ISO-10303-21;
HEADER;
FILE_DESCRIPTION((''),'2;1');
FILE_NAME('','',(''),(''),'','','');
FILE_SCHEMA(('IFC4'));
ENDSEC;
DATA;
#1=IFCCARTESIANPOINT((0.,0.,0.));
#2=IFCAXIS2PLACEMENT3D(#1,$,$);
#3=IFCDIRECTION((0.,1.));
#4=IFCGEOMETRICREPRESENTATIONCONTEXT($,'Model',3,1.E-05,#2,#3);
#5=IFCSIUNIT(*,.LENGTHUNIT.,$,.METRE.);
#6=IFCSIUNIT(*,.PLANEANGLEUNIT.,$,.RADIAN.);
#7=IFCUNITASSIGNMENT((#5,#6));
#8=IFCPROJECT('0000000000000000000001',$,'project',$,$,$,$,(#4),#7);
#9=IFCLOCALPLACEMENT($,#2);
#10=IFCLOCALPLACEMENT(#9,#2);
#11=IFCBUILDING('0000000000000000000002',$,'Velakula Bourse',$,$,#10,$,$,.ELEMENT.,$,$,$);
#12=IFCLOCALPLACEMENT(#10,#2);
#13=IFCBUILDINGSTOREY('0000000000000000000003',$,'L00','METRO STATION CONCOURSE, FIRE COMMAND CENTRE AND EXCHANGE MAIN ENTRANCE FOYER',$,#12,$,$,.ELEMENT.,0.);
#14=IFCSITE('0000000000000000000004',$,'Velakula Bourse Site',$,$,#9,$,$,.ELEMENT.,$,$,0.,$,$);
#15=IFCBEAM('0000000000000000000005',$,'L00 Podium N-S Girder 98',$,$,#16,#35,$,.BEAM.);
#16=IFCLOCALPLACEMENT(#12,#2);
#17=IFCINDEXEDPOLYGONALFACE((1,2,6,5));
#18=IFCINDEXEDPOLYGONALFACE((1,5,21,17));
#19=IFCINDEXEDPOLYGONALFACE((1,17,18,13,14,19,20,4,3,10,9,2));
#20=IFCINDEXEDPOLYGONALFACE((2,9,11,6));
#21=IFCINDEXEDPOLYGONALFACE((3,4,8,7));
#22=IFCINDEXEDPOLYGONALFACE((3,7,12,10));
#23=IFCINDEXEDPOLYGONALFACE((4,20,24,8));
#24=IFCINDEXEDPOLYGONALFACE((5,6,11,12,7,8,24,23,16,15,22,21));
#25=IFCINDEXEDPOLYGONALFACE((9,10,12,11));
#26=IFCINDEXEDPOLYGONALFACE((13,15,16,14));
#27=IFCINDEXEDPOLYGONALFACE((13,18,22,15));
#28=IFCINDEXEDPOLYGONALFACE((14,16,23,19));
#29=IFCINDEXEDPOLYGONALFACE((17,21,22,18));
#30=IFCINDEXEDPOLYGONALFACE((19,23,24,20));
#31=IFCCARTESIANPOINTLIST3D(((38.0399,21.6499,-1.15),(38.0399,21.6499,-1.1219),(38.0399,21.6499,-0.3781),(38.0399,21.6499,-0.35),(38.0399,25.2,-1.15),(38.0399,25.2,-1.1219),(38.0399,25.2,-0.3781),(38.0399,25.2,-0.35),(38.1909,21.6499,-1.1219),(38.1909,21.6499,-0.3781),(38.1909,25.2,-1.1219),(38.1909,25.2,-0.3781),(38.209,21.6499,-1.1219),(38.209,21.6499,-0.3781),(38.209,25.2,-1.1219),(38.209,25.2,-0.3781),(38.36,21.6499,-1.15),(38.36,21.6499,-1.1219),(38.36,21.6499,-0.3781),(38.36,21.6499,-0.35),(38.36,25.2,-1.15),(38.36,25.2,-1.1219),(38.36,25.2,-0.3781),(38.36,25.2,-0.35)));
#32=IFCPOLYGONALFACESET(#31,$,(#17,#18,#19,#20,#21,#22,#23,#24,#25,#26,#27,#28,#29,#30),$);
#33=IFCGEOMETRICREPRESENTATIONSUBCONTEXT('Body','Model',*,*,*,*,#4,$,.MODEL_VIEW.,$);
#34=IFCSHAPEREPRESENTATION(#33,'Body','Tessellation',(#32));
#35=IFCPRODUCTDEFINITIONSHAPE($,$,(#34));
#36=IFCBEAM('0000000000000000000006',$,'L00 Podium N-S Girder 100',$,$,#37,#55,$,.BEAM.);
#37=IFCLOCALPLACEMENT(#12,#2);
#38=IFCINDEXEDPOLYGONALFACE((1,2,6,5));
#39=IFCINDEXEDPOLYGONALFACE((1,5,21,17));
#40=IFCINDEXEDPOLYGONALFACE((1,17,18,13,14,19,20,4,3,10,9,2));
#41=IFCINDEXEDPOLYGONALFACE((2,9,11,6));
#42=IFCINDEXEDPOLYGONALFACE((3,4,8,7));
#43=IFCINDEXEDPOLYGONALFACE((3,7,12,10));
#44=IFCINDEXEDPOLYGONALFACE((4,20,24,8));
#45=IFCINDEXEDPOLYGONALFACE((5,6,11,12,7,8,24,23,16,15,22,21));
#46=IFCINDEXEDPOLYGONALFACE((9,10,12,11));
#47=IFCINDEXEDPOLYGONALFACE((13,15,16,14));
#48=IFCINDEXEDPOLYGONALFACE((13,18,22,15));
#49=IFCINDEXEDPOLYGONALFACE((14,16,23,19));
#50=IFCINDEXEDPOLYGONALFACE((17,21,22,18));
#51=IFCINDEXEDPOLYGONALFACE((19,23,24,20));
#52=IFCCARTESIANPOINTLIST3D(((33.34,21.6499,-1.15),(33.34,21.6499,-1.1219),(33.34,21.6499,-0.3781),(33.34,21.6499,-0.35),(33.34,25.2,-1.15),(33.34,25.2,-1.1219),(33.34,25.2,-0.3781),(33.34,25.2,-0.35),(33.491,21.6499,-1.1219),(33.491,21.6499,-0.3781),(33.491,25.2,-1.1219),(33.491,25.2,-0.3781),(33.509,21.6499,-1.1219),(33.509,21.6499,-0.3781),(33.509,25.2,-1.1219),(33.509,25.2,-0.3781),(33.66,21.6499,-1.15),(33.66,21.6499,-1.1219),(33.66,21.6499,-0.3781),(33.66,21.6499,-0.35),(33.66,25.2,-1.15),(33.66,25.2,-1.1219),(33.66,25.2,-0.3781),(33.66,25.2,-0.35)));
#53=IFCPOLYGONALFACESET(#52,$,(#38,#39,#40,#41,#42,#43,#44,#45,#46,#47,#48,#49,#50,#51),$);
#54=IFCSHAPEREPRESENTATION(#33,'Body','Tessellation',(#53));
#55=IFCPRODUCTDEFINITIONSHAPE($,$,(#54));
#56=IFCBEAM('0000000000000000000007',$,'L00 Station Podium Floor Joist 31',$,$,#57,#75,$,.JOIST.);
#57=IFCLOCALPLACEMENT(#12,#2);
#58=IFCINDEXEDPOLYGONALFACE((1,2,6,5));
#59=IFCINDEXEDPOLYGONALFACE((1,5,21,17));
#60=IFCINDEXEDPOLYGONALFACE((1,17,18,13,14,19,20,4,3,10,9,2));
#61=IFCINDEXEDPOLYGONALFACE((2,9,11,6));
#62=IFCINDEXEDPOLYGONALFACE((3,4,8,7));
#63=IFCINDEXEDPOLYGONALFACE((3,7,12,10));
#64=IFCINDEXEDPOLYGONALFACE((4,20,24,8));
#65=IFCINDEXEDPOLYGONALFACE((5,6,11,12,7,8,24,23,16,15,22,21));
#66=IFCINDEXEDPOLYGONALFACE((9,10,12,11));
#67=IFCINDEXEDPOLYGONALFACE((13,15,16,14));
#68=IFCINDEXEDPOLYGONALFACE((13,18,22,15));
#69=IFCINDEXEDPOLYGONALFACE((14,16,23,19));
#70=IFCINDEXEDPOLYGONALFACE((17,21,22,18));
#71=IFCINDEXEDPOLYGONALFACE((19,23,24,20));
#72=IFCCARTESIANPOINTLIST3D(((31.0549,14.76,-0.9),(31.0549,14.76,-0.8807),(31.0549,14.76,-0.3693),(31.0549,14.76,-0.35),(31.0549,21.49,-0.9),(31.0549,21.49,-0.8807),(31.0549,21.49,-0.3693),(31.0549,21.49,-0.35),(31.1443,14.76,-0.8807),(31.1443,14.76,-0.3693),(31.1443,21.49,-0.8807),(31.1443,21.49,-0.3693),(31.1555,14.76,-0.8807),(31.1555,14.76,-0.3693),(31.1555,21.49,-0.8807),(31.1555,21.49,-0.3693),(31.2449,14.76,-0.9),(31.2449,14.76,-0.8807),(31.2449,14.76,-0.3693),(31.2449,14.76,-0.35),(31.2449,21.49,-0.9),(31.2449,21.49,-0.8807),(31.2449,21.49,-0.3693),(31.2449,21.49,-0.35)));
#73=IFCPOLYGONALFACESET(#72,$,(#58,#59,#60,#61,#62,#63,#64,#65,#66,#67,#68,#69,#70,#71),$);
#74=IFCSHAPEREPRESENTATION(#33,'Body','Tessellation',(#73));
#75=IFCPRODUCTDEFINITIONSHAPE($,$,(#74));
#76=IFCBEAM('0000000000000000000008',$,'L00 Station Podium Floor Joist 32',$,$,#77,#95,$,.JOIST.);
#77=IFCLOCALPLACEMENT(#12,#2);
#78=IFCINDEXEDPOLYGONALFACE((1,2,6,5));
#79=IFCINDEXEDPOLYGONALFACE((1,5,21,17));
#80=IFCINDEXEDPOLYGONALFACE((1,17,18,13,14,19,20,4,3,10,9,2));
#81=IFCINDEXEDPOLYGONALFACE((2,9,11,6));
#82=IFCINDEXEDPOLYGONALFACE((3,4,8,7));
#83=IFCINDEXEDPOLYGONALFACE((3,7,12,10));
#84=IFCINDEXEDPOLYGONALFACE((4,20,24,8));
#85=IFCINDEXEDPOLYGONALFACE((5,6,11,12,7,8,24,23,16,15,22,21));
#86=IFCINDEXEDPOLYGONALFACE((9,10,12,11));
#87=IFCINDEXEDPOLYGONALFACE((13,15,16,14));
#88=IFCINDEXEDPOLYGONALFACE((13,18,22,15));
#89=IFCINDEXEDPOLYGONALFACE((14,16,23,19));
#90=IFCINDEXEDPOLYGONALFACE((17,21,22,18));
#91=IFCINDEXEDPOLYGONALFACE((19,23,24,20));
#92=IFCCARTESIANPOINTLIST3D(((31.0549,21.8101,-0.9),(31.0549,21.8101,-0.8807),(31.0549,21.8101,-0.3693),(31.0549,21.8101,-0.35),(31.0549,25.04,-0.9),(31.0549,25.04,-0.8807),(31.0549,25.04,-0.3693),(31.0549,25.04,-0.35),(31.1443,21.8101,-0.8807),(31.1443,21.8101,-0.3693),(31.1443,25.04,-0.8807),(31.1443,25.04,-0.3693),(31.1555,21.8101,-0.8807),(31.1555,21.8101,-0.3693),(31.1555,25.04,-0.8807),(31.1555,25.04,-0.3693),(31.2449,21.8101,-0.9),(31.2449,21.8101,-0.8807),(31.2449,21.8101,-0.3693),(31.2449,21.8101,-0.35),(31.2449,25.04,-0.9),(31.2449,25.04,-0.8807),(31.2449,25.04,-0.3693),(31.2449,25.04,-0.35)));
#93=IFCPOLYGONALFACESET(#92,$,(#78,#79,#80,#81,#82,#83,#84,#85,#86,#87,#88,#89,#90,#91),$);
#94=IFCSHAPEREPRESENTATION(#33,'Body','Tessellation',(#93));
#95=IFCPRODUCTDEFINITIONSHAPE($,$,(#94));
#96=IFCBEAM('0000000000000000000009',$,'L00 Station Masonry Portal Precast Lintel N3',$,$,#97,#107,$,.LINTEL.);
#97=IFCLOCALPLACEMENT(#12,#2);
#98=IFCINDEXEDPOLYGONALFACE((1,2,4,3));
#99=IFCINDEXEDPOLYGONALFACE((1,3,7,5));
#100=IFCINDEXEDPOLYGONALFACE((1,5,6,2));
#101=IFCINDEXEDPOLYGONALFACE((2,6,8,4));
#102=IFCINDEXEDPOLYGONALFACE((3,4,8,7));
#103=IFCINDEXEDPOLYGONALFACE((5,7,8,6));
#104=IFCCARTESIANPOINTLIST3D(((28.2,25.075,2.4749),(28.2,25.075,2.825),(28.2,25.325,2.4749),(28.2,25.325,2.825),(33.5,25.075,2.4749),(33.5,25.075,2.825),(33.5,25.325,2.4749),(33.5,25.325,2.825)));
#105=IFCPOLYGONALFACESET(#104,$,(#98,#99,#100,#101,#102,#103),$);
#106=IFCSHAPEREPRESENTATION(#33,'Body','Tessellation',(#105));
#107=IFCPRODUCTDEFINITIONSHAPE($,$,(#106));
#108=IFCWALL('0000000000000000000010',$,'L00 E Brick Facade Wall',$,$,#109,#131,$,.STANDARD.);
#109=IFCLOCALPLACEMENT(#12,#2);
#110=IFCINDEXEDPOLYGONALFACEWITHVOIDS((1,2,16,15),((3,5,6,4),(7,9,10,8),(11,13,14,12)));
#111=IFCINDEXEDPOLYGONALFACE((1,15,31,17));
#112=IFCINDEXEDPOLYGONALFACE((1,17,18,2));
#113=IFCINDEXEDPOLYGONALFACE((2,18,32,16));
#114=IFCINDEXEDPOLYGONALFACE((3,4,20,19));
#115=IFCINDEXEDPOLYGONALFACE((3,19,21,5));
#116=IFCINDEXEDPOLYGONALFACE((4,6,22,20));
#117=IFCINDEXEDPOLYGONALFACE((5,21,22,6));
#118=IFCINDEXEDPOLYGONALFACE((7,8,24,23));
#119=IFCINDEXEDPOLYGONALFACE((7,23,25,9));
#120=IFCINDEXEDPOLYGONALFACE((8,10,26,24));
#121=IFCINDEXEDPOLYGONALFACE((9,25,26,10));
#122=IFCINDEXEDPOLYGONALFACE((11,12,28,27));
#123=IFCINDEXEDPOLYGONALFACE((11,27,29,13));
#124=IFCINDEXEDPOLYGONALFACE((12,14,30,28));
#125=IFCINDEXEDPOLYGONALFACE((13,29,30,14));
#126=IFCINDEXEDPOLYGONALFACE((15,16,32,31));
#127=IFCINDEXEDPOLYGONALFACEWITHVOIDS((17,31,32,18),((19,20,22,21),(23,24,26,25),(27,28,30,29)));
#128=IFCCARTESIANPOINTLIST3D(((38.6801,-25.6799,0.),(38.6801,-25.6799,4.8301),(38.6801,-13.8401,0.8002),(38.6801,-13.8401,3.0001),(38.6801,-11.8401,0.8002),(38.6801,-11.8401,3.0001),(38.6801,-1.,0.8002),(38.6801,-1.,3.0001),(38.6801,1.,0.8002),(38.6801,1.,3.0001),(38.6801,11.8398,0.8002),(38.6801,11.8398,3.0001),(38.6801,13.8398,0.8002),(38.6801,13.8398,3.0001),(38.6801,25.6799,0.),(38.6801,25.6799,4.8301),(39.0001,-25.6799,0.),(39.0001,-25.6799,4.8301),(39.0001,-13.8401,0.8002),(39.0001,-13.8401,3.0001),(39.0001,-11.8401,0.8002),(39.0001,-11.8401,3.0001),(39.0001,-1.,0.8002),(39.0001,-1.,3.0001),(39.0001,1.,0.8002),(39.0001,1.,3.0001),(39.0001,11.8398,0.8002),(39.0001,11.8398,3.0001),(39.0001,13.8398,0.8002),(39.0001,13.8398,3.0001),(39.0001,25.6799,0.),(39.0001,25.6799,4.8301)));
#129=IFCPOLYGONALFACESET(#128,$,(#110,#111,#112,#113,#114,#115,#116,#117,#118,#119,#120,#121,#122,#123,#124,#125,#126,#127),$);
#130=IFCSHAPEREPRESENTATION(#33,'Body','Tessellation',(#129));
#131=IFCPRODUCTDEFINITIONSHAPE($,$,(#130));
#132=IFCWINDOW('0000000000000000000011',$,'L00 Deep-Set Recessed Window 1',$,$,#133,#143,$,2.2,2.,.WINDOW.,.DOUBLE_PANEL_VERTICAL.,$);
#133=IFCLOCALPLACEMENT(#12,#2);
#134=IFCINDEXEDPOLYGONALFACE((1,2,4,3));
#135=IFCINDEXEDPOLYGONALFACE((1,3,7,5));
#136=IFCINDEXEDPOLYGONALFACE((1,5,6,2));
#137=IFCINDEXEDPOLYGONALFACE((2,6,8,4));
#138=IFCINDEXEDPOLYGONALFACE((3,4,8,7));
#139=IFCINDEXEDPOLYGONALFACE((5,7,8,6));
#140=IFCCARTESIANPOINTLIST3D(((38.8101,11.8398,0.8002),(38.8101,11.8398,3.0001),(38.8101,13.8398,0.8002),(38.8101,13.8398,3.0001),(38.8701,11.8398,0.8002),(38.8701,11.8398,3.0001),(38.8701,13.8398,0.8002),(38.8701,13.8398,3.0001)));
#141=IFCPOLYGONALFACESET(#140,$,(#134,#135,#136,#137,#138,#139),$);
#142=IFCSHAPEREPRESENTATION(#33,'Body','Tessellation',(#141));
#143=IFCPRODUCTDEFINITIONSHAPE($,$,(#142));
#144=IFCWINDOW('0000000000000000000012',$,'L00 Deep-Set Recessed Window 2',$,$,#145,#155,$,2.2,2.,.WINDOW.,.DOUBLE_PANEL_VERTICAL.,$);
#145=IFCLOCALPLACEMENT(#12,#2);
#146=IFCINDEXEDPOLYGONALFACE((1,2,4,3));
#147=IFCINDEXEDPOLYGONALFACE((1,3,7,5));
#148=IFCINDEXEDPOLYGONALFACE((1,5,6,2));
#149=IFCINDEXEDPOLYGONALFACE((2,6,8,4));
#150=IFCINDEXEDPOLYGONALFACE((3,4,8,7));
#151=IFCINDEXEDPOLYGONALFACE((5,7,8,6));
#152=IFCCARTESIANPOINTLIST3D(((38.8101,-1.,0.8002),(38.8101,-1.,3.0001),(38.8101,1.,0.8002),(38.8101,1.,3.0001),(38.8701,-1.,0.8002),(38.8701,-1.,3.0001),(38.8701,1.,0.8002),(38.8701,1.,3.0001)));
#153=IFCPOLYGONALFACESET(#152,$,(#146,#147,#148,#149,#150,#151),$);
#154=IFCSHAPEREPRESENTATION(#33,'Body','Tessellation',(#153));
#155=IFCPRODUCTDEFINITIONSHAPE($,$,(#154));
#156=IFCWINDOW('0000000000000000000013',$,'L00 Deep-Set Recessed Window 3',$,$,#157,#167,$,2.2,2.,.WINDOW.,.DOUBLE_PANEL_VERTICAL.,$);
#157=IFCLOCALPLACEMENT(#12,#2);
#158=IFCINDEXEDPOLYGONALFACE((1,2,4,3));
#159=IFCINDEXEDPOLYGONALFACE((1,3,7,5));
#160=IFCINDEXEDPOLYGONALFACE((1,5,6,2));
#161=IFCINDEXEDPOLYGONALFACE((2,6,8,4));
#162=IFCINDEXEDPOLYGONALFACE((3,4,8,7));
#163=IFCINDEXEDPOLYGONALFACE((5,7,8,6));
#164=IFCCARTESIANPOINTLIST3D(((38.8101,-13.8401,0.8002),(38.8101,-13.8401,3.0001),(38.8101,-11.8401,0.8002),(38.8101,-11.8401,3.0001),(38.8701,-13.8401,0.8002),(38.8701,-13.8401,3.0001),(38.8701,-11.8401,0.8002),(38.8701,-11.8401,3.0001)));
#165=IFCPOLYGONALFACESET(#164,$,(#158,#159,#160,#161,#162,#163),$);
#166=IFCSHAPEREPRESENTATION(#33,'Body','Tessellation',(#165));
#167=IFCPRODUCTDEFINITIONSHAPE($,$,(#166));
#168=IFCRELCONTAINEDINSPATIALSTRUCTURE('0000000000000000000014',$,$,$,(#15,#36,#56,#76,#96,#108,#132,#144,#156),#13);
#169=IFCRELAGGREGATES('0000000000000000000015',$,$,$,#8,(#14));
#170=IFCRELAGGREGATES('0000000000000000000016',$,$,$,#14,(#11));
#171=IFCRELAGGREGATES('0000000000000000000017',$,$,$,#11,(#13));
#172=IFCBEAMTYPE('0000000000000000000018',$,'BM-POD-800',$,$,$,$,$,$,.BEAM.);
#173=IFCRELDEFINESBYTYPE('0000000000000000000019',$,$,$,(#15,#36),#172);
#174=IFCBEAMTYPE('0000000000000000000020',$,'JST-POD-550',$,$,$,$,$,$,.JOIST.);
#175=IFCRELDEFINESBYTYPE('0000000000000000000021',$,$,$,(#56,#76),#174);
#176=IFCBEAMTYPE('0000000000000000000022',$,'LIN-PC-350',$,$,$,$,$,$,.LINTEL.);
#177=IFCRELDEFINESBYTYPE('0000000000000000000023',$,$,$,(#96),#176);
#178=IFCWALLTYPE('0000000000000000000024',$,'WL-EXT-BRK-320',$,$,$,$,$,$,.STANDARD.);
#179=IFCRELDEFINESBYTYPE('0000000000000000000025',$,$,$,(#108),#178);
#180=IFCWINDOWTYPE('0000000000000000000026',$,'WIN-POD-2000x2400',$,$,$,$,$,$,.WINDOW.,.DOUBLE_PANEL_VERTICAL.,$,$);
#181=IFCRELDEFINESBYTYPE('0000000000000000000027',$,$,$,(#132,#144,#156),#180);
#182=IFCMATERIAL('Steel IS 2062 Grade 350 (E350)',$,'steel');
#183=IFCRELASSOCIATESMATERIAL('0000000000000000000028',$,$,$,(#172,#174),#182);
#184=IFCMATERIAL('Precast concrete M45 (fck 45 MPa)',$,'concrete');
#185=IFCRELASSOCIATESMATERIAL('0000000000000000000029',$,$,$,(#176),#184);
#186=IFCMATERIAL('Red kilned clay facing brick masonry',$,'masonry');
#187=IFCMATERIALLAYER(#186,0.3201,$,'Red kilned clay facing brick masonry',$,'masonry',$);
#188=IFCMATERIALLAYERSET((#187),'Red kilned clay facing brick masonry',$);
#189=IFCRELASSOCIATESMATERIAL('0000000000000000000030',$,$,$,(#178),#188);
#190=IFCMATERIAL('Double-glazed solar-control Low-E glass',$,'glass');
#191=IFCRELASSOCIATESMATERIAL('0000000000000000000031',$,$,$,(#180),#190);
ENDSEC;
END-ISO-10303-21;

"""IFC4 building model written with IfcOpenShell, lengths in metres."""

from ifc_helpers import new_model, si_unit, direction, frame, frame_2d, origin, origin_2d, place, context, subcontext, project, spatial, rectangle, i_section, extrude, material, layer, layer_set, material_profile, profile_set, type_object, element, fill, save


model = new_model("IFC4")

# Units and contexts
model_context = context("Model", 3, precision=1e-05, world=origin(), true_north=direction((0.0, 1.0)))
body_context = subcontext(model_context, "Body", "Model", "MODEL_VIEW")
ifc_project = project(units=[si_unit("LENGTHUNIT", "METRE"), si_unit("PLANEANGLEUNIT", "RADIAN")], contexts=[model_context])

# Site, building, storey
site_placement = place(None, origin())
site = spatial("IfcSite", under=ifc_project, at=site_placement, Name="Velakula Bourse Site", CompositionType="ELEMENT", RefElevation=0.0)
building_placement = place(site_placement, origin())
building = spatial("IfcBuilding", under=site, at=building_placement, Name="Velakula Bourse", CompositionType="ELEMENT")
storey_placement = place(building_placement, origin())
storey = spatial("IfcBuildingStorey", under=building, at=storey_placement, Name="L00", Description="METRO STATION CONCOURSE, FIRE COMMAND CENTRE AND EXCHANGE MAIN ENTRANCE FOYER", CompositionType="ELEMENT", Elevation=0.0)

# Beams
ifc_material_1 = material(Name="Steel IS 2062 Grade 350 (E350)", Category="steel")
ifc_material_profile_1 = material_profile(ifc_material_1, i_section(OverallWidth=0.3201, OverallDepth=0.8, WebThickness=0.0181, FlangeThickness=0.0281, at=origin_2d()), Name="Steel IS 2062 Grade 350 (E350)")
ifc_profile_set_1 = profile_set([ifc_material_profile_1], Name="Steel IS 2062 Grade 350 (E350)")
beam_type_1 = type_object("IfcBeamType", Name="BM-POD-800", PredefinedType="BEAM", material=ifc_profile_set_1)
for number, where, z_axis, x_axis, name in (
    (1, (38.2, 21.6499, -0.75), (0.0, 1.0, 0.0), (-1.0, 0.0, 0.0), "L00 Podium N-S Girder 98"),
    (2, (33.5, 21.6499, -0.75), (0.0, 1.0, 0.0), (-1.0, 0.0, 0.0), "L00 Podium N-S Girder 100"),
):
    element("IfcBeam", number, at=place(storey_placement, frame(where, z_axis=z_axis, x_axis=x_axis)), inside=storey, type_object=beam_type_1, Name=name, PredefinedType="BEAM", context=body_context, shape_type="SweptSolid", body=[
        extrude(i_section(OverallWidth=0.3201, OverallDepth=0.8, WebThickness=0.0181, FlangeThickness=0.0281, at=origin_2d()), origin(), (0.0, 0.0, 1.0), 3.55),
    ])
ifc_material_profile_2 = material_profile(ifc_material_1, i_section(OverallWidth=0.1899, OverallDepth=0.55, WebThickness=0.0112, FlangeThickness=0.0193, at=origin_2d()), Name="Steel IS 2062 Grade 350 (E350)")
ifc_profile_set_2 = profile_set([ifc_material_profile_2], Name="Steel IS 2062 Grade 350 (E350)")
beam_type_2 = type_object("IfcBeamType", Name="JST-POD-550", PredefinedType="JOIST", material=ifc_profile_set_2)
beam_1_placement = place(storey_placement, frame((31.1499, 14.76, -0.625), z_axis=(0.0, 1.0, 0.0), x_axis=(-1.0, 0.0, 0.0)))
element("IfcBeam", 3, at=beam_1_placement, inside=storey, type_object=beam_type_2, Name="L00 Station Podium Floor Joist 31", PredefinedType="JOIST", context=body_context, shape_type="SweptSolid", body=[
    extrude(i_section(OverallWidth=0.1899, OverallDepth=0.55, WebThickness=0.0112, FlangeThickness=0.0193, at=origin_2d()), origin(), (0.0, 0.0, 1.0), 6.73),
])
beam_2_placement = place(storey_placement, frame((31.1499, 21.8101, -0.625), z_axis=(0.0, 1.0, 0.0), x_axis=(-1.0, 0.0, 0.0)))
element("IfcBeam", 4, at=beam_2_placement, inside=storey, type_object=beam_type_2, Name="L00 Station Podium Floor Joist 32", PredefinedType="JOIST", context=body_context, shape_type="SweptSolid", body=[
    extrude(i_section(OverallWidth=0.1899, OverallDepth=0.55, WebThickness=0.0112, FlangeThickness=0.0193, at=origin_2d()), origin(), (0.0, 0.0, 1.0), 3.23),
])
ifc_material_2 = material(Name="Precast concrete M45 (fck 45 MPa)", Category="concrete")
ifc_material_profile_3 = material_profile(ifc_material_2, rectangle(XDim=0.25, YDim=0.3501, at=origin_2d()), Name="Precast concrete M45 (fck 45 MPa)")
ifc_profile_set_3 = profile_set([ifc_material_profile_3], Name="Precast concrete M45 (fck 45 MPa)")
beam_type_3 = type_object("IfcBeamType", Name="LIN-PC-350", PredefinedType="LINTEL", material=ifc_profile_set_3)
beam_3_placement = place(storey_placement, frame((28.2, 25.2, 2.6499), z_axis=(1.0, 0.0, 0.0), x_axis=(0.0, 1.0, 0.0)))
element("IfcBeam", 5, at=beam_3_placement, inside=storey, type_object=beam_type_3, Name="L00 Station Masonry Portal Precast Lintel N3", PredefinedType="LINTEL", context=body_context, shape_type="SweptSolid", body=[
    extrude(rectangle(XDim=0.25, YDim=0.3501, at=origin_2d()), origin(), (0.0, 0.0, 1.0), 5.3),
])

# Wall, openings, windows
ifc_material_3 = material(Name="Red kilned clay facing brick masonry", Category="masonry")
ifc_layer = layer(ifc_material_3, 0.3201, Name="Red kilned clay facing brick masonry", Category="masonry")
ifc_layer_set = layer_set([ifc_layer], Name="Red kilned clay facing brick masonry")
wall_type = type_object("IfcWallType", Name="WL-EXT-BRK-320", PredefinedType="STANDARD", material=ifc_layer_set)
wall_placement = place(storey_placement, frame((38.8401, 25.6799, 0.0), z_axis=(0.0, 0.0, 1.0), x_axis=(0.0, -1.0, 0.0)))
wall = element("IfcWall", 6, at=wall_placement, inside=storey, type_object=wall_type, Name="L00 E Brick Facade Wall", PredefinedType="STANDARD", context=body_context, shape_type="SweptSolid", body=[
    extrude(rectangle(XDim=51.3599, YDim=0.3201, at=frame_2d((25.6799, 0.0))), origin(), (0.0, 0.0, 1.0), 4.8301),
])
opening_1_placement = place(wall_placement, frame((11.8401, 0.0, 0.8)))
opening_1 = element("IfcOpeningElement", 7, at=opening_1_placement, cuts=wall, PredefinedType="OPENING", context=body_context, shape_type="SweptSolid", body=[
    extrude(rectangle(XDim=2.0, YDim=2.2, at=frame_2d((1.0, 1.1001))), frame((0.0, 0.1699, 0.0), z_axis=(0.0, -1.0, 0.0), x_axis=(1.0, 0.0, 0.0)), (0.0, 0.0, 1.0), 0.3401),
])
opening_2_placement = place(wall_placement, frame((24.6799, 0.0, 0.8)))
opening_2 = element("IfcOpeningElement", 8, at=opening_2_placement, cuts=wall, PredefinedType="OPENING", context=body_context, shape_type="SweptSolid", body=[
    extrude(rectangle(XDim=2.0, YDim=2.2, at=frame_2d((1.0, 1.1001))), frame((0.0, 0.1699, 0.0), z_axis=(0.0, -1.0, 0.0), x_axis=(1.0, 0.0, 0.0)), (0.0, 0.0, 1.0), 0.3401),
])
opening_3_placement = place(wall_placement, frame((37.52, 0.0, 0.8)))
opening_3 = element("IfcOpeningElement", 9, at=opening_3_placement, cuts=wall, PredefinedType="OPENING", context=body_context, shape_type="SweptSolid", body=[
    extrude(rectangle(XDim=2.0, YDim=2.2, at=frame_2d((1.0, 1.1001))), frame((0.0, 0.1699, 0.0), z_axis=(0.0, -1.0, 0.0), x_axis=(1.0, 0.0, 0.0)), (0.0, 0.0, 1.0), 0.3401),
])
ifc_material_4 = material(Name="Double-glazed solar-control Low-E glass", Category="glass")
window_type = type_object("IfcWindowType", Name="WIN-POD-2000x2400", PartitioningType="DOUBLE_PANEL_VERTICAL", PredefinedType="WINDOW", material=ifc_material_4)
window_1_placement = place(opening_1_placement, origin())
window_1 = element("IfcWindow", 10, at=window_1_placement, inside=storey, type_object=window_type, Name="L00 Deep-Set Recessed Window 1", OverallHeight=2.2, OverallWidth=2.0, PartitioningType="DOUBLE_PANEL_VERTICAL", PredefinedType="WINDOW", context=body_context, shape_type="SweptSolid", body=[
    extrude(rectangle(XDim=2.0, YDim=2.2, at=frame_2d((1.0, 1.1001))), frame((0.0, 0.03, 0.0), z_axis=(0.0, -1.0, 0.0), x_axis=(1.0, 0.0, 0.0)), (0.0, 0.0, 1.0), 0.0601),
])
fill(opening_1, window_1)
window_2_placement = place(opening_2_placement, origin())
window_2 = element("IfcWindow", 11, at=window_2_placement, inside=storey, type_object=window_type, Name="L00 Deep-Set Recessed Window 2", OverallHeight=2.2, OverallWidth=2.0, PartitioningType="DOUBLE_PANEL_VERTICAL", PredefinedType="WINDOW", context=body_context, shape_type="SweptSolid", body=[
    extrude(rectangle(XDim=2.0, YDim=2.2, at=frame_2d((1.0, 1.1001))), frame((0.0, 0.03, 0.0), z_axis=(0.0, -1.0, 0.0), x_axis=(1.0, 0.0, 0.0)), (0.0, 0.0, 1.0), 0.0601),
])
fill(opening_2, window_2)
window_3_placement = place(opening_3_placement, origin())
window_3 = element("IfcWindow", 12, at=window_3_placement, inside=storey, type_object=window_type, Name="L00 Deep-Set Recessed Window 3", OverallHeight=2.2, OverallWidth=2.0, PartitioningType="DOUBLE_PANEL_VERTICAL", PredefinedType="WINDOW", context=body_context, shape_type="SweptSolid", body=[
    extrude(rectangle(XDim=2.0, YDim=2.2, at=frame_2d((1.0, 1.1001))), frame((0.0, 0.03, 0.0), z_axis=(0.0, -1.0, 0.0), x_axis=(1.0, 0.0, 0.0)), (0.0, 0.0, 1.0), 0.0601),
])
fill(opening_3, window_3)

save(model, "model.ifc")
